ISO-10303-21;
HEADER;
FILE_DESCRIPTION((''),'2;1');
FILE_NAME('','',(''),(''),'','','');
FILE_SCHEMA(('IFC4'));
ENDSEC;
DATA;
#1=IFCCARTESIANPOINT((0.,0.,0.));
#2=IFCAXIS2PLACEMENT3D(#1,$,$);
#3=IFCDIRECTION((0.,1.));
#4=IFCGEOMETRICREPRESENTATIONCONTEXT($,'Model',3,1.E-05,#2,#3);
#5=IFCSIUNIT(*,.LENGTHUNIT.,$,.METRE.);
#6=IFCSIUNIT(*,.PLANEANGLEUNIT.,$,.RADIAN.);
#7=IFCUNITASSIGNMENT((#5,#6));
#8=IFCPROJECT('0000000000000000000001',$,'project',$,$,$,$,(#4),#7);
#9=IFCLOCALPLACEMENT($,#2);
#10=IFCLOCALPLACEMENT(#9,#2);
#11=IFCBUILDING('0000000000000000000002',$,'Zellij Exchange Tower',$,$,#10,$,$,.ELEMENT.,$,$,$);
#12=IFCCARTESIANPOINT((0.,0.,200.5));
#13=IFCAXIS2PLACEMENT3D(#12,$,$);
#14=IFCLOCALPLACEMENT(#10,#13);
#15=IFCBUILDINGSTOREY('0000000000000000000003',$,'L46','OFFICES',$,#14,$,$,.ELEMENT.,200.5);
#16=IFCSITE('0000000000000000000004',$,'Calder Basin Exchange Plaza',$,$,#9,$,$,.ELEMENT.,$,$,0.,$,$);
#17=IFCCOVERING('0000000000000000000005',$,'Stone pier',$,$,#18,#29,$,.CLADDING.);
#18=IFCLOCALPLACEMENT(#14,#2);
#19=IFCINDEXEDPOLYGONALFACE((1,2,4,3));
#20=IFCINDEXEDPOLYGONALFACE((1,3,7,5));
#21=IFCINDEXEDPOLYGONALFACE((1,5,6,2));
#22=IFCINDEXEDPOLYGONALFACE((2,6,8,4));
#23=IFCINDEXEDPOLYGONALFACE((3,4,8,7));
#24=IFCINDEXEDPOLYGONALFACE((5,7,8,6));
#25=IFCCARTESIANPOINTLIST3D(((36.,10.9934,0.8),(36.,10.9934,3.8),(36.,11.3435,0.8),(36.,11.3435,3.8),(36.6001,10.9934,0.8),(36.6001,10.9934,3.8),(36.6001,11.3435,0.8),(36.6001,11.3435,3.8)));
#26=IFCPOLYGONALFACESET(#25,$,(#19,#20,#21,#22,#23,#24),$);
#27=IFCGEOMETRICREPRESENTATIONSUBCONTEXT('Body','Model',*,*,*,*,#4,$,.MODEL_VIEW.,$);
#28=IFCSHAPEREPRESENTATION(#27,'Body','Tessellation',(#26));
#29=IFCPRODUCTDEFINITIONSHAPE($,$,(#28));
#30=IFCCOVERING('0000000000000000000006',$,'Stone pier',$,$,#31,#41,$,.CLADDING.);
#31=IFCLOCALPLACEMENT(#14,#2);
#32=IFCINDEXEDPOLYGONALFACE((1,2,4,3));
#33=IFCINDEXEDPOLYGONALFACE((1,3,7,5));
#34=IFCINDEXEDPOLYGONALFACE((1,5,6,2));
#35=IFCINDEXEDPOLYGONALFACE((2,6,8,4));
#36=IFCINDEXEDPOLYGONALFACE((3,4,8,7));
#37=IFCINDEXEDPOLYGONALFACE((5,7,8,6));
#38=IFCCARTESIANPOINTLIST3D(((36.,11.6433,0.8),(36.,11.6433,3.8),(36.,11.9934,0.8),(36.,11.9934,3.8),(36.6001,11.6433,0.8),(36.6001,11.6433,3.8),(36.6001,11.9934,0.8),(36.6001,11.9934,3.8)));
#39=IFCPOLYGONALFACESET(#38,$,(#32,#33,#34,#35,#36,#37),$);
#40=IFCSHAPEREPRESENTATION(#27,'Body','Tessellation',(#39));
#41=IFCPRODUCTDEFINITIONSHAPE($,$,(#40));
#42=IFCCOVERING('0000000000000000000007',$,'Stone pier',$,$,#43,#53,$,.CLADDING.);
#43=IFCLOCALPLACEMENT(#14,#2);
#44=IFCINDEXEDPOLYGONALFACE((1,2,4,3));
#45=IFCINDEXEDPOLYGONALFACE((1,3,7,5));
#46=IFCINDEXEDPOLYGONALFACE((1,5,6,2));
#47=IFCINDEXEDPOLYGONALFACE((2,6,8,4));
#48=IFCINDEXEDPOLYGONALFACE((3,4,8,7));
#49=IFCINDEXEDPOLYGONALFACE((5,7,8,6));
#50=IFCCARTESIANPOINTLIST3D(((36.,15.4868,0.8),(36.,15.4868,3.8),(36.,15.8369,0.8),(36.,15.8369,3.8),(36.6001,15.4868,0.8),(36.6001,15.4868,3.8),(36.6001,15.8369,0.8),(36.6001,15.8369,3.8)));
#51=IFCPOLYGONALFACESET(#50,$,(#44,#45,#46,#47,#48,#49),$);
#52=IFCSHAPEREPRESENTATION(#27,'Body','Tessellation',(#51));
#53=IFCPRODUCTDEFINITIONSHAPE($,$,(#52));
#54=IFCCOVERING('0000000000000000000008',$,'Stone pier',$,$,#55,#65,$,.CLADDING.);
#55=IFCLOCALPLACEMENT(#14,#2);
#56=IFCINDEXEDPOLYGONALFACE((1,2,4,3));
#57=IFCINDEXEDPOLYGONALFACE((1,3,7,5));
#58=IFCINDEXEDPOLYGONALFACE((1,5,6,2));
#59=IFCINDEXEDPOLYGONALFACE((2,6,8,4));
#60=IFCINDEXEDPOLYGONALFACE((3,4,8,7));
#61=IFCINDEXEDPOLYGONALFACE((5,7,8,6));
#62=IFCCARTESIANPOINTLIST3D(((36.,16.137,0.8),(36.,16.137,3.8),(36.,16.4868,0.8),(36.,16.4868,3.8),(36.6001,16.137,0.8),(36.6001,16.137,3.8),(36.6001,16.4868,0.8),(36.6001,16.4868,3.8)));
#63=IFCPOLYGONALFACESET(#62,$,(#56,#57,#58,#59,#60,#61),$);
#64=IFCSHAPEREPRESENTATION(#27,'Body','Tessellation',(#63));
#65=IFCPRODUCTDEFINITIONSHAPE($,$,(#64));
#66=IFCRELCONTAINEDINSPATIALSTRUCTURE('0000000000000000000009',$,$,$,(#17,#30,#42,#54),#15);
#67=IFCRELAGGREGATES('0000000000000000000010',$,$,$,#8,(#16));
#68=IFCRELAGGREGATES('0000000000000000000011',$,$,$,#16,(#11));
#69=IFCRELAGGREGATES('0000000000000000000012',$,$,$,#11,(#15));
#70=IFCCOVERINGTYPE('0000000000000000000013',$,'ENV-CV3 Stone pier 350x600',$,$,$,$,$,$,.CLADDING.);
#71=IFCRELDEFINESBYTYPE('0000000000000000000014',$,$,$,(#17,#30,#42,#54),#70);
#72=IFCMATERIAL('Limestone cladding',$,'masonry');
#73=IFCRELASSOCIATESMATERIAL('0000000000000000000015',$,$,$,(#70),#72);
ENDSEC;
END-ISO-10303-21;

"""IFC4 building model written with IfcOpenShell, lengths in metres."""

from ifc_helpers import new_model, si_unit, direction, frame, origin, place, context, subcontext, project, spatial, polyline, outline, extrude, material, type_object, element, save


model = new_model("IFC4")

# Units and contexts
model_context = context("Model", 3, precision=1e-05, world=origin(), true_north=direction((0.0, 1.0)))
body_context = subcontext(model_context, "Body", "Model", "MODEL_VIEW")
ifc_project = project(units=[si_unit("LENGTHUNIT", "METRE"), si_unit("PLANEANGLEUNIT", "RADIAN")], contexts=[model_context])

# Site, building, storey
site_placement = place(None, origin())
site = spatial("IfcSite", under=ifc_project, at=site_placement, Name="Calder Basin Exchange Plaza", CompositionType="ELEMENT", RefElevation=0.0)
building_placement = place(site_placement, origin())
building = spatial("IfcBuilding", under=site, at=building_placement, Name="Zellij Exchange Tower", CompositionType="ELEMENT")
storey_placement = place(building_placement, frame((0.0, 0.0, 200.5)))
storey = spatial("IfcBuildingStorey", under=building, at=storey_placement, Name="L46", Description="OFFICES", CompositionType="ELEMENT", Elevation=200.5)

# Coverings
ifc_material_1 = material(Name="Limestone cladding", Category="masonry")
covering_type = type_object("IfcCoveringType", Name="ENV-CV3 Stone pier 350x600", PredefinedType="CLADDING", material=ifc_material_1)
covering_1_placement = place(storey_placement, frame((0.0, 0.0, 0.8)))
element("IfcCovering", 1, at=covering_1_placement, inside=storey, type_object=covering_type, Name="Stone pier", PredefinedType="CLADDING", context=body_context, shape_type="SweptSolid", body=[
    extrude(outline(polyline([(36.0, 10.9934), (36.0, 11.3435), (36.6001, 11.3435), (36.6001, 10.9934), (36.0, 10.9934)])), origin(), (0.0, 0.0, 1.0), 3.0),
])
covering_2_placement = place(storey_placement, frame((0.0, 0.0, 0.8)))
element("IfcCovering", 2, at=covering_2_placement, inside=storey, type_object=covering_type, Name="Stone pier", PredefinedType="CLADDING", context=body_context, shape_type="SweptSolid", body=[
    extrude(outline(polyline([(36.0, 11.6433), (36.0, 11.9934), (36.6001, 11.9934), (36.6001, 11.6433), (36.0, 11.6433)])), origin(), (0.0, 0.0, 1.0), 3.0),
])
covering_3_placement = place(storey_placement, frame((0.0, 0.0, 0.8)))
element("IfcCovering", 3, at=covering_3_placement, inside=storey, type_object=covering_type, Name="Stone pier", PredefinedType="CLADDING", context=body_context, shape_type="SweptSolid", body=[
    extrude(outline(polyline([(36.0, 15.4868), (36.0, 15.8369), (36.6001, 15.8369), (36.6001, 15.4868), (36.0, 15.4868)])), origin(), (0.0, 0.0, 1.0), 3.0),
])
covering_4_placement = place(storey_placement, frame((0.0, 0.0, 0.8)))
element("IfcCovering", 4, at=covering_4_placement, inside=storey, type_object=covering_type, Name="Stone pier", PredefinedType="CLADDING", context=body_context, shape_type="SweptSolid", body=[
    extrude(outline(polyline([(36.0, 16.137), (36.0, 16.4868), (36.6001, 16.4868), (36.6001, 16.137), (36.0, 16.137)])), origin(), (0.0, 0.0, 1.0), 3.0),
])

save(model, "model.ifc")
